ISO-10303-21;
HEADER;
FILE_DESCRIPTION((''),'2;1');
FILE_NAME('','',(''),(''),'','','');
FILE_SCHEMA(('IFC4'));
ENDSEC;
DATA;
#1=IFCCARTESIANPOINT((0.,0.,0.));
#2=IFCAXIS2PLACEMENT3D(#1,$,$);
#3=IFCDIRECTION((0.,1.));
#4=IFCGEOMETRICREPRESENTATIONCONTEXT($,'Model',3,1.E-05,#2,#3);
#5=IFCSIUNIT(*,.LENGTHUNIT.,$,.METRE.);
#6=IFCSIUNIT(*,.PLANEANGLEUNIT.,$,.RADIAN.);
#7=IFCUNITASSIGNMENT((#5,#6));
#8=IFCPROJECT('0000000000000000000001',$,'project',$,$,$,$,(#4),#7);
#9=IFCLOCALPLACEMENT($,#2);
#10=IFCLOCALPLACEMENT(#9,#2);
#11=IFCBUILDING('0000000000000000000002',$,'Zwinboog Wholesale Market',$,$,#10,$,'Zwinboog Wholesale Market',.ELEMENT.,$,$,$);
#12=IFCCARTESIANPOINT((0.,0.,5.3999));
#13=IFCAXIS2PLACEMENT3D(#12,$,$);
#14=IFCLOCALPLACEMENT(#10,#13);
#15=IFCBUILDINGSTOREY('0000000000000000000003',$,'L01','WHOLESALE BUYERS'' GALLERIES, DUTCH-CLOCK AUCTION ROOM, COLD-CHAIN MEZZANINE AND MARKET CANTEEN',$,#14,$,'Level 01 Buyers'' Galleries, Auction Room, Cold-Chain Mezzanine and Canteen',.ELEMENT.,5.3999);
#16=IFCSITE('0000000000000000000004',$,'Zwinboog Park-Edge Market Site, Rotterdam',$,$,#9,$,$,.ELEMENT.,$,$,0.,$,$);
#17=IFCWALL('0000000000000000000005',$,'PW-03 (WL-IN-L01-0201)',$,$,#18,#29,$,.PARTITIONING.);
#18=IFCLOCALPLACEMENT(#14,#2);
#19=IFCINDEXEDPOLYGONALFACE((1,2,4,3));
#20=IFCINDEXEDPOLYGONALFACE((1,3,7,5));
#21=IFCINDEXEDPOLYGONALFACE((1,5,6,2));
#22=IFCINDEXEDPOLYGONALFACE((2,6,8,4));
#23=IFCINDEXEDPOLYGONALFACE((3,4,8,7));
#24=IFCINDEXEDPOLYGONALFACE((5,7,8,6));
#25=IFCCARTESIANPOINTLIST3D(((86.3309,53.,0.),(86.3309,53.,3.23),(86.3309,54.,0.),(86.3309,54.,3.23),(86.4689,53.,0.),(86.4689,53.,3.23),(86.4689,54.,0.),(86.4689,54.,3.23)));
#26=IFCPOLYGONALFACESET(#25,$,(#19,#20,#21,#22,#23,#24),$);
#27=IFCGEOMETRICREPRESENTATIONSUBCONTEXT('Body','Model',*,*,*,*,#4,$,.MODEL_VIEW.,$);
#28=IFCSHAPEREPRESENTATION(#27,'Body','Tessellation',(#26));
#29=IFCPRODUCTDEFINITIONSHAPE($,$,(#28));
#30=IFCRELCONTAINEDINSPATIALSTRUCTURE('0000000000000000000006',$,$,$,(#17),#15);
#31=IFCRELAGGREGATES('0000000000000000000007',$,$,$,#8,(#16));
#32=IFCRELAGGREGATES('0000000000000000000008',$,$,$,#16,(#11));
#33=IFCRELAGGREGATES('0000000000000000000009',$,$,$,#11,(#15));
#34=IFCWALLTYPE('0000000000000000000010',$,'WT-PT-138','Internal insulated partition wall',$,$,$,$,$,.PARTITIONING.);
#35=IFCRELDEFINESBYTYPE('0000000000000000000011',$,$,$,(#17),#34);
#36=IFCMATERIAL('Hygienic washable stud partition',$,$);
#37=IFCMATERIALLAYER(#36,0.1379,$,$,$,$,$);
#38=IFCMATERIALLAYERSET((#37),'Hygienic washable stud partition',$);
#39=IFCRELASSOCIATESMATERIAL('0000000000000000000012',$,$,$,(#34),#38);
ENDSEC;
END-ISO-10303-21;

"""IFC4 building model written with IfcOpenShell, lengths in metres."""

from ifc_helpers import new_model, si_unit, direction, frame, frame_2d, origin, place, context, subcontext, project, spatial, rectangle, extrude, material, layer, layer_set, type_object, element, save


model = new_model("IFC4")

# Units and contexts
model_context = context("Model", 3, precision=1e-05, world=origin(), true_north=direction((0.0, 1.0)))
body_context = subcontext(model_context, "Body", "Model", "MODEL_VIEW")
ifc_project = project(units=[si_unit("LENGTHUNIT", "METRE"), si_unit("PLANEANGLEUNIT", "RADIAN")], contexts=[model_context])

# Site, building, storey
site_placement = place(None, origin())
site = spatial("IfcSite", under=ifc_project, at=site_placement, Name="Zwinboog Park-Edge Market Site, Rotterdam", CompositionType="ELEMENT", RefElevation=0.0)
building_placement = place(site_placement, origin())
building = spatial("IfcBuilding", under=site, at=building_placement, Name="Zwinboog Wholesale Market", LongName="Zwinboog Wholesale Market", CompositionType="ELEMENT")
storey_placement = place(building_placement, frame((0.0, 0.0, 5.3999)))
storey = spatial("IfcBuildingStorey", under=building, at=storey_placement, Name="L01", Description="WHOLESALE BUYERS' GALLERIES, DUTCH-CLOCK AUCTION ROOM, COLD-CHAIN MEZZANINE AND MARKET CANTEEN", LongName="Level 01 Buyers' Galleries, Auction Room, Cold-Chain Mezzanine and Canteen", CompositionType="ELEMENT", Elevation=5.3999)

# Wall
ifc_material_1 = material(Name="Hygienic washable stud partition")
ifc_layer_1 = layer(ifc_material_1, 0.1379)
ifc_layer_set_1 = layer_set([ifc_layer_1], Name="Hygienic washable stud partition")
wall_type_1 = type_object("IfcWallType", Name="WT-PT-138", Description="Internal insulated partition wall", PredefinedType="PARTITIONING", material=ifc_layer_set_1)
wall_1_placement = place(storey_placement, frame((86.3999, 53.0, 0.0), z_axis=(0.0, 0.0, 1.0), x_axis=(0.0, 1.0, 0.0)))
element("IfcWall", 1, at=wall_1_placement, inside=storey, type_object=wall_type_1, Name="PW-03 (WL-IN-L01-0201)", PredefinedType="PARTITIONING", context=body_context, shape_type="SweptSolid", body=[
    extrude(rectangle(XDim=1.0, YDim=0.1379, at=frame_2d((0.5, 0.0))), origin(), (0.0, 0.0, 1.0), 3.23),
])

save(model, "model.ifc")
